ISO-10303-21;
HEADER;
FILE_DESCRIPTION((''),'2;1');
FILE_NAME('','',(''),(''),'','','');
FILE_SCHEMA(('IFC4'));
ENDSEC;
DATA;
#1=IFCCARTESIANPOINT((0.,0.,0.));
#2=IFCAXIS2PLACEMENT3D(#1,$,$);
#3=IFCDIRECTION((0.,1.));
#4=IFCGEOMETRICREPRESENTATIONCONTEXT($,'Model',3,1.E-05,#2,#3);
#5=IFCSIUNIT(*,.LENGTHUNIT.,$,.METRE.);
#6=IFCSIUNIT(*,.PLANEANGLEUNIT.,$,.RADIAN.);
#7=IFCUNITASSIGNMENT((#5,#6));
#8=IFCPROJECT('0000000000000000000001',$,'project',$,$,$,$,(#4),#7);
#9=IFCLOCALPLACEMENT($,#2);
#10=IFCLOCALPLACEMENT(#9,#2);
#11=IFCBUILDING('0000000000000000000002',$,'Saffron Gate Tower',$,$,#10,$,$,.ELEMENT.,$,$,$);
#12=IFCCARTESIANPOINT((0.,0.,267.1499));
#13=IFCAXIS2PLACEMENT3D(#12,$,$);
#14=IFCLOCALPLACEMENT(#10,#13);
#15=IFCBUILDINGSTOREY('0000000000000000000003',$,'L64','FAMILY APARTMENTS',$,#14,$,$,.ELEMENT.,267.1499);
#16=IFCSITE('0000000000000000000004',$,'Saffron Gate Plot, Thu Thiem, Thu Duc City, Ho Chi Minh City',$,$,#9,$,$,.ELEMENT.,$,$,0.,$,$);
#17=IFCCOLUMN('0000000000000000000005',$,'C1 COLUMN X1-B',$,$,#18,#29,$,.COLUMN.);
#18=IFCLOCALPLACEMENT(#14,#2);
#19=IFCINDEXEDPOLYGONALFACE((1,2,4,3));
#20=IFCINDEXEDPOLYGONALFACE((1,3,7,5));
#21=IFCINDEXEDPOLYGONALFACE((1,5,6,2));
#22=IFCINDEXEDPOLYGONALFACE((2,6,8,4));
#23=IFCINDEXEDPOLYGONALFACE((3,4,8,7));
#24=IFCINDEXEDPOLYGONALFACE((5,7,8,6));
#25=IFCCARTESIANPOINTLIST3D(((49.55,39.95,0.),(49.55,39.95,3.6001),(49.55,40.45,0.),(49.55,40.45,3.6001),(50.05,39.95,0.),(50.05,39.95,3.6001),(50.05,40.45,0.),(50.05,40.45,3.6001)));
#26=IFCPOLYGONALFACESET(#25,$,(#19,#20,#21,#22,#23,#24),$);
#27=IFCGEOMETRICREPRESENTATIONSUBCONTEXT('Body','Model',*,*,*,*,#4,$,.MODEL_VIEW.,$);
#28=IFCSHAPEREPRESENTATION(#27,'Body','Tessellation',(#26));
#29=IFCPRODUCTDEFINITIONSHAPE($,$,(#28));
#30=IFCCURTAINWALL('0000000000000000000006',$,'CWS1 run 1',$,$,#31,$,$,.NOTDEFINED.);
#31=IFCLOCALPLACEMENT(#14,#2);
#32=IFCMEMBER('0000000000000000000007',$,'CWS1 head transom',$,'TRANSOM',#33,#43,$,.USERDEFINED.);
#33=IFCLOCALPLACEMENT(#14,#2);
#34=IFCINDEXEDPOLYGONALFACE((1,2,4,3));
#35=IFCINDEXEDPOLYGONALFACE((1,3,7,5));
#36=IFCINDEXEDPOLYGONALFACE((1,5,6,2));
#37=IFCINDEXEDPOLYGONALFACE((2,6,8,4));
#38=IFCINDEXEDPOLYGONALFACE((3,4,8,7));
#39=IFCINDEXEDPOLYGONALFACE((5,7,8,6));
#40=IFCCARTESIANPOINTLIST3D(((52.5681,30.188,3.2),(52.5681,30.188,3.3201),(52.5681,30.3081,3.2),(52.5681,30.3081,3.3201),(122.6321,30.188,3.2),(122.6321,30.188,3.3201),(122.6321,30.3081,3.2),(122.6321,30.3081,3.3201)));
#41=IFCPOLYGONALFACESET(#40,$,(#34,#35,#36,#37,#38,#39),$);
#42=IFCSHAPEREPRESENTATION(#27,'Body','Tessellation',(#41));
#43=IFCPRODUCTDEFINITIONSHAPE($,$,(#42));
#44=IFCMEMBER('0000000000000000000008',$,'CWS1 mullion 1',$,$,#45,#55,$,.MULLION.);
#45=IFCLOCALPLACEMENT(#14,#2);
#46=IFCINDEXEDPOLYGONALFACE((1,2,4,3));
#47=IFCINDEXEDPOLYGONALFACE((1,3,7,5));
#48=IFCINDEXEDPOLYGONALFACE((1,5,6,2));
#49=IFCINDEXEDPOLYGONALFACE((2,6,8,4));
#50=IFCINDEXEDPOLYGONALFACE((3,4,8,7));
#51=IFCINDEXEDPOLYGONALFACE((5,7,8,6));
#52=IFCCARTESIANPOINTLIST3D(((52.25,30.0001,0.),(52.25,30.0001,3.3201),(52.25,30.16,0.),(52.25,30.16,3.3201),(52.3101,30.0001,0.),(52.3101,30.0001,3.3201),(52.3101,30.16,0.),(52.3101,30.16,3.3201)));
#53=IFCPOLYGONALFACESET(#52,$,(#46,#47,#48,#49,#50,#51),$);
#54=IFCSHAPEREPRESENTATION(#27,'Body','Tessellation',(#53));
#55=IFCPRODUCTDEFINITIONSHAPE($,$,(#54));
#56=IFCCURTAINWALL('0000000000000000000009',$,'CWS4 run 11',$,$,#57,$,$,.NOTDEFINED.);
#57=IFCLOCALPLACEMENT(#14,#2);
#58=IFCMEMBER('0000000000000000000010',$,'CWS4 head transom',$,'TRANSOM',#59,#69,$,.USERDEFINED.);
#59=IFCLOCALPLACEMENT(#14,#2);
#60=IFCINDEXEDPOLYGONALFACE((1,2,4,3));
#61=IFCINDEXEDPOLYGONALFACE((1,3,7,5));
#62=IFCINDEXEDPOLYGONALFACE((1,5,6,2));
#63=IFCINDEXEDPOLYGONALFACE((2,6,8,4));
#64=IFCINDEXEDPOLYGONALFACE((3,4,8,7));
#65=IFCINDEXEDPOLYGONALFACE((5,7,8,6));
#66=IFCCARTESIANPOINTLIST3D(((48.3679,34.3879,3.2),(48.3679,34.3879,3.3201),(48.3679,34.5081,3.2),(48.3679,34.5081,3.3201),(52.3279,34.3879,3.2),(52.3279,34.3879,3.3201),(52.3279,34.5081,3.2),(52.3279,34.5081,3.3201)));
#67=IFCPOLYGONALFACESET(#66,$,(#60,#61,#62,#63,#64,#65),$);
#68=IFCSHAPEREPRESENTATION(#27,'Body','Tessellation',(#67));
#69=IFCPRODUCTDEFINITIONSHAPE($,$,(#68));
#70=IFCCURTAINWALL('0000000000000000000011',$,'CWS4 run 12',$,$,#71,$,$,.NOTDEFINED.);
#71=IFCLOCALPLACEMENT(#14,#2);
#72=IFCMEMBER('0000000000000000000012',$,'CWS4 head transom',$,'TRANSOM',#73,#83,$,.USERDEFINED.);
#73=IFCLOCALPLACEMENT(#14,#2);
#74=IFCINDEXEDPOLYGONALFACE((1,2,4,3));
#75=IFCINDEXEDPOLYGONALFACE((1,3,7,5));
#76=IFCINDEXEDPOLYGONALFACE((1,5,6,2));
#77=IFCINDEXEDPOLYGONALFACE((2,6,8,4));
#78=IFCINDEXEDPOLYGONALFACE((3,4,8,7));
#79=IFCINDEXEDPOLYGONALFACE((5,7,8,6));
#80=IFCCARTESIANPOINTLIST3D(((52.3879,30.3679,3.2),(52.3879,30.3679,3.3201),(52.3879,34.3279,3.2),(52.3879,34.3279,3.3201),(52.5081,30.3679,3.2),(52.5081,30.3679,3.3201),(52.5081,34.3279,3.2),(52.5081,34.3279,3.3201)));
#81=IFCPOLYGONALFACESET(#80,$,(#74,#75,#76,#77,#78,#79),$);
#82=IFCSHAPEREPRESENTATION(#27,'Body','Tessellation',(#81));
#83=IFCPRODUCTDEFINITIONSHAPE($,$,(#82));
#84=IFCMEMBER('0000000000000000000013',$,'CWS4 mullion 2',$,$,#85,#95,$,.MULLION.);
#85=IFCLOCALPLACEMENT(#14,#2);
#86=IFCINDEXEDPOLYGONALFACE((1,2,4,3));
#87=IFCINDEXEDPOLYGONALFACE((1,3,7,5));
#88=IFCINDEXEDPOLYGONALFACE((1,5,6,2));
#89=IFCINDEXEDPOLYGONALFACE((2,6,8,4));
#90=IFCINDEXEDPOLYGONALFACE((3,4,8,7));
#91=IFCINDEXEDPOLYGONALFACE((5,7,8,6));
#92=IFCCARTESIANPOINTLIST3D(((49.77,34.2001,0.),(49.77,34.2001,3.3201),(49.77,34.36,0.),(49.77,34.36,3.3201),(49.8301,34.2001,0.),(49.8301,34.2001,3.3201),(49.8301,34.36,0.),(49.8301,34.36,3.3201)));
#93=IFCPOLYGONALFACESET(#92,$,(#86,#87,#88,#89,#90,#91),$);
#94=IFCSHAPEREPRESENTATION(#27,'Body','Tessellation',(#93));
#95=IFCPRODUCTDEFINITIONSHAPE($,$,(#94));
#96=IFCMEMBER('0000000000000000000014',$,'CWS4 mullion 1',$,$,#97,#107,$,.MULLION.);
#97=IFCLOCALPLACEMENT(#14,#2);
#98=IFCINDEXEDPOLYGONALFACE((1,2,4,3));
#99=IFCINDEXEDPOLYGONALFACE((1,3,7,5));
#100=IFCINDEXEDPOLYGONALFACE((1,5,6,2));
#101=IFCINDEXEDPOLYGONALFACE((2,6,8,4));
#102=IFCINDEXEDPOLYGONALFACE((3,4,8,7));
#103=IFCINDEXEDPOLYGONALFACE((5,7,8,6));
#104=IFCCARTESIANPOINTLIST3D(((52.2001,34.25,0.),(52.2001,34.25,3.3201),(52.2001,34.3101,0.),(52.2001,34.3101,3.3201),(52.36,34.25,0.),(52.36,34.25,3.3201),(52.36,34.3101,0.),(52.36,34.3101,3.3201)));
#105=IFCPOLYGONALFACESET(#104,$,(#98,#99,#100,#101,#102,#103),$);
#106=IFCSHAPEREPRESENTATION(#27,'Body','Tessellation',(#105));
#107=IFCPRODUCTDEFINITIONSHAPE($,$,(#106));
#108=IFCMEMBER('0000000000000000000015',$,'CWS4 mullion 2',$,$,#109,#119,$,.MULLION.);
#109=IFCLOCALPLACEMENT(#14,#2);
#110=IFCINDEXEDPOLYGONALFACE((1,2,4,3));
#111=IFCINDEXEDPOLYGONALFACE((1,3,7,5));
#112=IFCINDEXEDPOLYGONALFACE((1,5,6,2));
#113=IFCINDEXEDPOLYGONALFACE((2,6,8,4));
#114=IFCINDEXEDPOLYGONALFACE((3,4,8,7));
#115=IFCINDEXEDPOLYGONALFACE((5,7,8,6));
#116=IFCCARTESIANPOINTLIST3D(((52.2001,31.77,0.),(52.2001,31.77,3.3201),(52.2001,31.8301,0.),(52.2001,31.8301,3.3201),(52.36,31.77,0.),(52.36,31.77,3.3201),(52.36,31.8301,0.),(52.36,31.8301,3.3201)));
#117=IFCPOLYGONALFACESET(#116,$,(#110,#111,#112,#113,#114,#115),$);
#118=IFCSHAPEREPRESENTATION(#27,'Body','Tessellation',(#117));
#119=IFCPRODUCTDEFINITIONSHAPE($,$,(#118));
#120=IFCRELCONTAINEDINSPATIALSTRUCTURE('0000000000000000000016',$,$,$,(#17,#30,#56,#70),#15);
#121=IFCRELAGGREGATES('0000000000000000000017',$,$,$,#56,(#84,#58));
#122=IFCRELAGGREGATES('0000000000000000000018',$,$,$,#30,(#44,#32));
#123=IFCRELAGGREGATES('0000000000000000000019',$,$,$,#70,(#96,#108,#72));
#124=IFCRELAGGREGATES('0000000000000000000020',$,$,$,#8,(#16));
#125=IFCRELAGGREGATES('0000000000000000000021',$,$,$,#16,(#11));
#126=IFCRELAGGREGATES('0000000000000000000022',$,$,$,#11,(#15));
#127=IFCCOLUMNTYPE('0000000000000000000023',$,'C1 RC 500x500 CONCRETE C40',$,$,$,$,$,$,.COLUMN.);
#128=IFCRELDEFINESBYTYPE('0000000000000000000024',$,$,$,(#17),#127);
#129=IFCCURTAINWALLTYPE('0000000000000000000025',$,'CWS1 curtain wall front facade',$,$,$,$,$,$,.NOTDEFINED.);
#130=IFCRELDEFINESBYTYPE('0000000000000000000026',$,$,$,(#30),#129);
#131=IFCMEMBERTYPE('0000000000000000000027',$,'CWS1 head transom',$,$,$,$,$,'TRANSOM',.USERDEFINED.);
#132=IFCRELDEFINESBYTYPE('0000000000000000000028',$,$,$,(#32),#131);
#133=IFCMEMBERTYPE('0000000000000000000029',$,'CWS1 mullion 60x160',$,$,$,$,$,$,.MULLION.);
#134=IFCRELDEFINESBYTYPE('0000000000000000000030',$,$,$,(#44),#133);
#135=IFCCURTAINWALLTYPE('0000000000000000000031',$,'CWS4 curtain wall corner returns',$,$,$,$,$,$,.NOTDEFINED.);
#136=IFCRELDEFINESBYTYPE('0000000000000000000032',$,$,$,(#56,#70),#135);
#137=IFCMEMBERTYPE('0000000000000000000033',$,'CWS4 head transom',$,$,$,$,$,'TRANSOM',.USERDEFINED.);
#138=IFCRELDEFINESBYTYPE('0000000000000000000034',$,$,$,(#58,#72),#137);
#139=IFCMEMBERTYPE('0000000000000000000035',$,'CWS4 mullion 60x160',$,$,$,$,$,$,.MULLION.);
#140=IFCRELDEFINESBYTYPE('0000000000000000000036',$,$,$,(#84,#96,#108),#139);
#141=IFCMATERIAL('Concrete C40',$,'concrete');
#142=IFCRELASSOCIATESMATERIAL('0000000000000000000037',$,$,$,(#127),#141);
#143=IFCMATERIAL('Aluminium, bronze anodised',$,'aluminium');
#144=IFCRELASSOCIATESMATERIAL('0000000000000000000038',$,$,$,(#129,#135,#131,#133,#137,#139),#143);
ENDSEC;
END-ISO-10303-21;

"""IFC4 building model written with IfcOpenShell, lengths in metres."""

from ifc_helpers import new_model, si_unit, direction, frame, origin, origin_2d, place, context, subcontext, project, spatial, rectangle, extrude, material, material_profile, profile_set, type_object, element, aggregate, save


model = new_model("IFC4")

# Units and contexts
model_context = context("Model", 3, precision=1e-05, world=origin(), true_north=direction((0.0, 1.0)))
body_context = subcontext(model_context, "Body", "Model", "MODEL_VIEW")
ifc_project = project(units=[si_unit("LENGTHUNIT", "METRE"), si_unit("PLANEANGLEUNIT", "RADIAN")], contexts=[model_context])

# Site, building, storey
site_placement = place(None, origin())
site = spatial("IfcSite", under=ifc_project, at=site_placement, Name="Saffron Gate Plot, Thu Thiem, Thu Duc City, Ho Chi Minh City", CompositionType="ELEMENT", RefElevation=0.0)
building_placement = place(site_placement, origin())
building = spatial("IfcBuilding", under=site, at=building_placement, Name="Saffron Gate Tower", CompositionType="ELEMENT")
storey_placement = place(building_placement, frame((0.0, 0.0, 267.1499)))
storey = spatial("IfcBuildingStorey", under=building, at=storey_placement, Name="L64", Description="FAMILY APARTMENTS", CompositionType="ELEMENT", Elevation=267.1499)

# Column
ifc_material_1 = material(Name="Concrete C40", Category="concrete")
ifc_material_profile_1 = material_profile(ifc_material_1, rectangle(XDim=0.5, YDim=0.5, at=origin_2d()))
ifc_profile_set_1 = profile_set([ifc_material_profile_1], Name="Concrete C40")
column_type = type_object("IfcColumnType", Name="C1 RC 500x500 CONCRETE C40", PredefinedType="COLUMN", material=ifc_profile_set_1)
column_placement = place(storey_placement, frame((49.8, 40.2, 0.0), z_axis=(0.0, 0.0, 1.0), x_axis=(1.0, 0.0, 0.0)))
element("IfcColumn", 1, at=column_placement, inside=storey, type_object=column_type, Name="C1 COLUMN X1-B", PredefinedType="COLUMN", context=body_context, shape_type="SweptSolid", body=[
    extrude(rectangle(XDim=0.5, YDim=0.5, at=origin_2d()), origin(), (0.0, 0.0, 1.0), 3.6001),
])

# Curtain wall, members
ifc_material_2 = material(Name="Aluminium, bronze anodised", Category="aluminium")
curtain_wall_type_1 = type_object("IfcCurtainWallType", Name="CWS1 curtain wall front facade", PredefinedType="NOTDEFINED", material=ifc_material_2)
curtain_wall_1_placement = place(storey_placement, origin())
curtain_wall_1 = element("IfcCurtainWall", 2, at=curtain_wall_1_placement, inside=storey, type_object=curtain_wall_type_1, Name="CWS1 run 1", PredefinedType="NOTDEFINED")
ifc_material_profile_2 = material_profile(ifc_material_2, rectangle(XDim=0.1201, YDim=0.1201, at=origin_2d()))
ifc_profile_set_2 = profile_set([ifc_material_profile_2], Name="Aluminium, bronze anodised")
member_type_1 = type_object("IfcMemberType", Name="CWS1 head transom", ElementType="TRANSOM", PredefinedType="USERDEFINED", material=ifc_profile_set_2)
member_1_placement = place(storey_placement, frame((52.5681, 30.248, 3.26), z_axis=(1.0, 0.0, 0.0), x_axis=(0.0, 1.0, 0.0)))
member_1 = element("IfcMember", 3, at=member_1_placement, type_object=member_type_1, Name="CWS1 head transom", ObjectType="TRANSOM", PredefinedType="USERDEFINED", context=body_context, shape_type="SweptSolid", body=[
    extrude(rectangle(XDim=0.1201, YDim=0.1201, at=origin_2d()), origin(), (0.0, 0.0, 1.0), 70.064),
])
ifc_material_profile_3 = material_profile(ifc_material_2, rectangle(XDim=0.1599, YDim=0.0601, at=origin_2d()))
ifc_profile_set_3 = profile_set([ifc_material_profile_3], Name="Aluminium, bronze anodised")
member_type_2 = type_object("IfcMemberType", Name="CWS1 mullion 60x160", PredefinedType="MULLION", material=ifc_profile_set_3)
member_2_placement = place(storey_placement, frame((52.28, 30.0801, 0.0), z_axis=(0.0, 0.0, 1.0), x_axis=(0.0, 1.0, 0.0)))
member_2 = element("IfcMember", 4, at=member_2_placement, type_object=member_type_2, Name="CWS1 mullion 1", PredefinedType="MULLION", context=body_context, shape_type="SweptSolid", body=[
    extrude(rectangle(XDim=0.1599, YDim=0.0601, at=origin_2d()), origin(), (0.0, 0.0, 1.0), 3.3201),
])

# Curtain walls, members
curtain_wall_type_2 = type_object("IfcCurtainWallType", Name="CWS4 curtain wall corner returns", PredefinedType="NOTDEFINED", material=ifc_material_2)
curtain_wall_2_placement = place(storey_placement, origin())
curtain_wall_2 = element("IfcCurtainWall", 5, at=curtain_wall_2_placement, inside=storey, type_object=curtain_wall_type_2, Name="CWS4 run 11", PredefinedType="NOTDEFINED")
ifc_material_profile_4 = material_profile(ifc_material_2, rectangle(XDim=0.1201, YDim=0.1201, at=origin_2d()))
ifc_profile_set_4 = profile_set([ifc_material_profile_4], Name="Aluminium, bronze anodised")
member_type_3 = type_object("IfcMemberType", Name="CWS4 head transom", ElementType="TRANSOM", PredefinedType="USERDEFINED", material=ifc_profile_set_4)
member_3_placement = place(storey_placement, frame((48.3679, 34.448, 3.26), z_axis=(1.0, 0.0, 0.0), x_axis=(0.0, 1.0, 0.0)))
member_3 = element("IfcMember", 6, at=member_3_placement, type_object=member_type_3, Name="CWS4 head transom", ObjectType="TRANSOM", PredefinedType="USERDEFINED", context=body_context, shape_type="SweptSolid", body=[
    extrude(rectangle(XDim=0.1201, YDim=0.1201, at=origin_2d()), origin(), (0.0, 0.0, 1.0), 3.96),
])
curtain_wall_3_placement = place(storey_placement, origin())
curtain_wall_3 = element("IfcCurtainWall", 7, at=curtain_wall_3_placement, inside=storey, type_object=curtain_wall_type_2, Name="CWS4 run 12", PredefinedType="NOTDEFINED")
member_4_placement = place(storey_placement, frame((52.448, 34.3279, 3.26), z_axis=(0.0, -1.0, 0.0), x_axis=(1.0, 0.0, 0.0)))
member_4 = element("IfcMember", 8, at=member_4_placement, type_object=member_type_3, Name="CWS4 head transom", ObjectType="TRANSOM", PredefinedType="USERDEFINED", context=body_context, shape_type="SweptSolid", body=[
    extrude(rectangle(XDim=0.1201, YDim=0.1201, at=origin_2d()), origin(), (0.0, 0.0, 1.0), 3.96),
])

# Members
ifc_material_profile_5 = material_profile(ifc_material_2, rectangle(XDim=0.1599, YDim=0.0601, at=origin_2d()))
ifc_profile_set_5 = profile_set([ifc_material_profile_5], Name="Aluminium, bronze anodised")
member_type_4 = type_object("IfcMemberType", Name="CWS4 mullion 60x160", PredefinedType="MULLION", material=ifc_profile_set_5)
member_5_placement = place(storey_placement, frame((49.8, 34.28, 0.0), z_axis=(0.0, 0.0, 1.0), x_axis=(0.0, 1.0, 0.0)))
member_5 = element("IfcMember", 9, at=member_5_placement, type_object=member_type_4, Name="CWS4 mullion 2", PredefinedType="MULLION", context=body_context, shape_type="SweptSolid", body=[
    extrude(rectangle(XDim=0.1599, YDim=0.0601, at=origin_2d()), origin(), (0.0, 0.0, 1.0), 3.3201),
])
aggregate(curtain_wall_2, [member_5, member_3])
member_6_placement = place(storey_placement, frame((52.28, 34.28, 0.0), z_axis=(0.0, 0.0, 1.0), x_axis=(1.0, 0.0, 0.0)))
member_6 = element("IfcMember", 10, at=member_6_placement, type_object=member_type_4, Name="CWS4 mullion 1", PredefinedType="MULLION", context=body_context, shape_type="SweptSolid", body=[
    extrude(rectangle(XDim=0.1599, YDim=0.0601, at=origin_2d()), origin(), (0.0, 0.0, 1.0), 3.3201),
])
member_7_placement = place(storey_placement, frame((52.28, 31.8, 0.0), z_axis=(0.0, 0.0, 1.0), x_axis=(1.0, 0.0, 0.0)))
member_7 = element("IfcMember", 11, at=member_7_placement, type_object=member_type_4, Name="CWS4 mullion 2", PredefinedType="MULLION", context=body_context, shape_type="SweptSolid", body=[
    extrude(rectangle(XDim=0.1599, YDim=0.0601, at=origin_2d()), origin(), (0.0, 0.0, 1.0), 3.3201),
])

aggregate(curtain_wall_1, [member_2, member_1])

aggregate(curtain_wall_3, [member_6, member_7, member_4])

save(model, "model.ifc")
